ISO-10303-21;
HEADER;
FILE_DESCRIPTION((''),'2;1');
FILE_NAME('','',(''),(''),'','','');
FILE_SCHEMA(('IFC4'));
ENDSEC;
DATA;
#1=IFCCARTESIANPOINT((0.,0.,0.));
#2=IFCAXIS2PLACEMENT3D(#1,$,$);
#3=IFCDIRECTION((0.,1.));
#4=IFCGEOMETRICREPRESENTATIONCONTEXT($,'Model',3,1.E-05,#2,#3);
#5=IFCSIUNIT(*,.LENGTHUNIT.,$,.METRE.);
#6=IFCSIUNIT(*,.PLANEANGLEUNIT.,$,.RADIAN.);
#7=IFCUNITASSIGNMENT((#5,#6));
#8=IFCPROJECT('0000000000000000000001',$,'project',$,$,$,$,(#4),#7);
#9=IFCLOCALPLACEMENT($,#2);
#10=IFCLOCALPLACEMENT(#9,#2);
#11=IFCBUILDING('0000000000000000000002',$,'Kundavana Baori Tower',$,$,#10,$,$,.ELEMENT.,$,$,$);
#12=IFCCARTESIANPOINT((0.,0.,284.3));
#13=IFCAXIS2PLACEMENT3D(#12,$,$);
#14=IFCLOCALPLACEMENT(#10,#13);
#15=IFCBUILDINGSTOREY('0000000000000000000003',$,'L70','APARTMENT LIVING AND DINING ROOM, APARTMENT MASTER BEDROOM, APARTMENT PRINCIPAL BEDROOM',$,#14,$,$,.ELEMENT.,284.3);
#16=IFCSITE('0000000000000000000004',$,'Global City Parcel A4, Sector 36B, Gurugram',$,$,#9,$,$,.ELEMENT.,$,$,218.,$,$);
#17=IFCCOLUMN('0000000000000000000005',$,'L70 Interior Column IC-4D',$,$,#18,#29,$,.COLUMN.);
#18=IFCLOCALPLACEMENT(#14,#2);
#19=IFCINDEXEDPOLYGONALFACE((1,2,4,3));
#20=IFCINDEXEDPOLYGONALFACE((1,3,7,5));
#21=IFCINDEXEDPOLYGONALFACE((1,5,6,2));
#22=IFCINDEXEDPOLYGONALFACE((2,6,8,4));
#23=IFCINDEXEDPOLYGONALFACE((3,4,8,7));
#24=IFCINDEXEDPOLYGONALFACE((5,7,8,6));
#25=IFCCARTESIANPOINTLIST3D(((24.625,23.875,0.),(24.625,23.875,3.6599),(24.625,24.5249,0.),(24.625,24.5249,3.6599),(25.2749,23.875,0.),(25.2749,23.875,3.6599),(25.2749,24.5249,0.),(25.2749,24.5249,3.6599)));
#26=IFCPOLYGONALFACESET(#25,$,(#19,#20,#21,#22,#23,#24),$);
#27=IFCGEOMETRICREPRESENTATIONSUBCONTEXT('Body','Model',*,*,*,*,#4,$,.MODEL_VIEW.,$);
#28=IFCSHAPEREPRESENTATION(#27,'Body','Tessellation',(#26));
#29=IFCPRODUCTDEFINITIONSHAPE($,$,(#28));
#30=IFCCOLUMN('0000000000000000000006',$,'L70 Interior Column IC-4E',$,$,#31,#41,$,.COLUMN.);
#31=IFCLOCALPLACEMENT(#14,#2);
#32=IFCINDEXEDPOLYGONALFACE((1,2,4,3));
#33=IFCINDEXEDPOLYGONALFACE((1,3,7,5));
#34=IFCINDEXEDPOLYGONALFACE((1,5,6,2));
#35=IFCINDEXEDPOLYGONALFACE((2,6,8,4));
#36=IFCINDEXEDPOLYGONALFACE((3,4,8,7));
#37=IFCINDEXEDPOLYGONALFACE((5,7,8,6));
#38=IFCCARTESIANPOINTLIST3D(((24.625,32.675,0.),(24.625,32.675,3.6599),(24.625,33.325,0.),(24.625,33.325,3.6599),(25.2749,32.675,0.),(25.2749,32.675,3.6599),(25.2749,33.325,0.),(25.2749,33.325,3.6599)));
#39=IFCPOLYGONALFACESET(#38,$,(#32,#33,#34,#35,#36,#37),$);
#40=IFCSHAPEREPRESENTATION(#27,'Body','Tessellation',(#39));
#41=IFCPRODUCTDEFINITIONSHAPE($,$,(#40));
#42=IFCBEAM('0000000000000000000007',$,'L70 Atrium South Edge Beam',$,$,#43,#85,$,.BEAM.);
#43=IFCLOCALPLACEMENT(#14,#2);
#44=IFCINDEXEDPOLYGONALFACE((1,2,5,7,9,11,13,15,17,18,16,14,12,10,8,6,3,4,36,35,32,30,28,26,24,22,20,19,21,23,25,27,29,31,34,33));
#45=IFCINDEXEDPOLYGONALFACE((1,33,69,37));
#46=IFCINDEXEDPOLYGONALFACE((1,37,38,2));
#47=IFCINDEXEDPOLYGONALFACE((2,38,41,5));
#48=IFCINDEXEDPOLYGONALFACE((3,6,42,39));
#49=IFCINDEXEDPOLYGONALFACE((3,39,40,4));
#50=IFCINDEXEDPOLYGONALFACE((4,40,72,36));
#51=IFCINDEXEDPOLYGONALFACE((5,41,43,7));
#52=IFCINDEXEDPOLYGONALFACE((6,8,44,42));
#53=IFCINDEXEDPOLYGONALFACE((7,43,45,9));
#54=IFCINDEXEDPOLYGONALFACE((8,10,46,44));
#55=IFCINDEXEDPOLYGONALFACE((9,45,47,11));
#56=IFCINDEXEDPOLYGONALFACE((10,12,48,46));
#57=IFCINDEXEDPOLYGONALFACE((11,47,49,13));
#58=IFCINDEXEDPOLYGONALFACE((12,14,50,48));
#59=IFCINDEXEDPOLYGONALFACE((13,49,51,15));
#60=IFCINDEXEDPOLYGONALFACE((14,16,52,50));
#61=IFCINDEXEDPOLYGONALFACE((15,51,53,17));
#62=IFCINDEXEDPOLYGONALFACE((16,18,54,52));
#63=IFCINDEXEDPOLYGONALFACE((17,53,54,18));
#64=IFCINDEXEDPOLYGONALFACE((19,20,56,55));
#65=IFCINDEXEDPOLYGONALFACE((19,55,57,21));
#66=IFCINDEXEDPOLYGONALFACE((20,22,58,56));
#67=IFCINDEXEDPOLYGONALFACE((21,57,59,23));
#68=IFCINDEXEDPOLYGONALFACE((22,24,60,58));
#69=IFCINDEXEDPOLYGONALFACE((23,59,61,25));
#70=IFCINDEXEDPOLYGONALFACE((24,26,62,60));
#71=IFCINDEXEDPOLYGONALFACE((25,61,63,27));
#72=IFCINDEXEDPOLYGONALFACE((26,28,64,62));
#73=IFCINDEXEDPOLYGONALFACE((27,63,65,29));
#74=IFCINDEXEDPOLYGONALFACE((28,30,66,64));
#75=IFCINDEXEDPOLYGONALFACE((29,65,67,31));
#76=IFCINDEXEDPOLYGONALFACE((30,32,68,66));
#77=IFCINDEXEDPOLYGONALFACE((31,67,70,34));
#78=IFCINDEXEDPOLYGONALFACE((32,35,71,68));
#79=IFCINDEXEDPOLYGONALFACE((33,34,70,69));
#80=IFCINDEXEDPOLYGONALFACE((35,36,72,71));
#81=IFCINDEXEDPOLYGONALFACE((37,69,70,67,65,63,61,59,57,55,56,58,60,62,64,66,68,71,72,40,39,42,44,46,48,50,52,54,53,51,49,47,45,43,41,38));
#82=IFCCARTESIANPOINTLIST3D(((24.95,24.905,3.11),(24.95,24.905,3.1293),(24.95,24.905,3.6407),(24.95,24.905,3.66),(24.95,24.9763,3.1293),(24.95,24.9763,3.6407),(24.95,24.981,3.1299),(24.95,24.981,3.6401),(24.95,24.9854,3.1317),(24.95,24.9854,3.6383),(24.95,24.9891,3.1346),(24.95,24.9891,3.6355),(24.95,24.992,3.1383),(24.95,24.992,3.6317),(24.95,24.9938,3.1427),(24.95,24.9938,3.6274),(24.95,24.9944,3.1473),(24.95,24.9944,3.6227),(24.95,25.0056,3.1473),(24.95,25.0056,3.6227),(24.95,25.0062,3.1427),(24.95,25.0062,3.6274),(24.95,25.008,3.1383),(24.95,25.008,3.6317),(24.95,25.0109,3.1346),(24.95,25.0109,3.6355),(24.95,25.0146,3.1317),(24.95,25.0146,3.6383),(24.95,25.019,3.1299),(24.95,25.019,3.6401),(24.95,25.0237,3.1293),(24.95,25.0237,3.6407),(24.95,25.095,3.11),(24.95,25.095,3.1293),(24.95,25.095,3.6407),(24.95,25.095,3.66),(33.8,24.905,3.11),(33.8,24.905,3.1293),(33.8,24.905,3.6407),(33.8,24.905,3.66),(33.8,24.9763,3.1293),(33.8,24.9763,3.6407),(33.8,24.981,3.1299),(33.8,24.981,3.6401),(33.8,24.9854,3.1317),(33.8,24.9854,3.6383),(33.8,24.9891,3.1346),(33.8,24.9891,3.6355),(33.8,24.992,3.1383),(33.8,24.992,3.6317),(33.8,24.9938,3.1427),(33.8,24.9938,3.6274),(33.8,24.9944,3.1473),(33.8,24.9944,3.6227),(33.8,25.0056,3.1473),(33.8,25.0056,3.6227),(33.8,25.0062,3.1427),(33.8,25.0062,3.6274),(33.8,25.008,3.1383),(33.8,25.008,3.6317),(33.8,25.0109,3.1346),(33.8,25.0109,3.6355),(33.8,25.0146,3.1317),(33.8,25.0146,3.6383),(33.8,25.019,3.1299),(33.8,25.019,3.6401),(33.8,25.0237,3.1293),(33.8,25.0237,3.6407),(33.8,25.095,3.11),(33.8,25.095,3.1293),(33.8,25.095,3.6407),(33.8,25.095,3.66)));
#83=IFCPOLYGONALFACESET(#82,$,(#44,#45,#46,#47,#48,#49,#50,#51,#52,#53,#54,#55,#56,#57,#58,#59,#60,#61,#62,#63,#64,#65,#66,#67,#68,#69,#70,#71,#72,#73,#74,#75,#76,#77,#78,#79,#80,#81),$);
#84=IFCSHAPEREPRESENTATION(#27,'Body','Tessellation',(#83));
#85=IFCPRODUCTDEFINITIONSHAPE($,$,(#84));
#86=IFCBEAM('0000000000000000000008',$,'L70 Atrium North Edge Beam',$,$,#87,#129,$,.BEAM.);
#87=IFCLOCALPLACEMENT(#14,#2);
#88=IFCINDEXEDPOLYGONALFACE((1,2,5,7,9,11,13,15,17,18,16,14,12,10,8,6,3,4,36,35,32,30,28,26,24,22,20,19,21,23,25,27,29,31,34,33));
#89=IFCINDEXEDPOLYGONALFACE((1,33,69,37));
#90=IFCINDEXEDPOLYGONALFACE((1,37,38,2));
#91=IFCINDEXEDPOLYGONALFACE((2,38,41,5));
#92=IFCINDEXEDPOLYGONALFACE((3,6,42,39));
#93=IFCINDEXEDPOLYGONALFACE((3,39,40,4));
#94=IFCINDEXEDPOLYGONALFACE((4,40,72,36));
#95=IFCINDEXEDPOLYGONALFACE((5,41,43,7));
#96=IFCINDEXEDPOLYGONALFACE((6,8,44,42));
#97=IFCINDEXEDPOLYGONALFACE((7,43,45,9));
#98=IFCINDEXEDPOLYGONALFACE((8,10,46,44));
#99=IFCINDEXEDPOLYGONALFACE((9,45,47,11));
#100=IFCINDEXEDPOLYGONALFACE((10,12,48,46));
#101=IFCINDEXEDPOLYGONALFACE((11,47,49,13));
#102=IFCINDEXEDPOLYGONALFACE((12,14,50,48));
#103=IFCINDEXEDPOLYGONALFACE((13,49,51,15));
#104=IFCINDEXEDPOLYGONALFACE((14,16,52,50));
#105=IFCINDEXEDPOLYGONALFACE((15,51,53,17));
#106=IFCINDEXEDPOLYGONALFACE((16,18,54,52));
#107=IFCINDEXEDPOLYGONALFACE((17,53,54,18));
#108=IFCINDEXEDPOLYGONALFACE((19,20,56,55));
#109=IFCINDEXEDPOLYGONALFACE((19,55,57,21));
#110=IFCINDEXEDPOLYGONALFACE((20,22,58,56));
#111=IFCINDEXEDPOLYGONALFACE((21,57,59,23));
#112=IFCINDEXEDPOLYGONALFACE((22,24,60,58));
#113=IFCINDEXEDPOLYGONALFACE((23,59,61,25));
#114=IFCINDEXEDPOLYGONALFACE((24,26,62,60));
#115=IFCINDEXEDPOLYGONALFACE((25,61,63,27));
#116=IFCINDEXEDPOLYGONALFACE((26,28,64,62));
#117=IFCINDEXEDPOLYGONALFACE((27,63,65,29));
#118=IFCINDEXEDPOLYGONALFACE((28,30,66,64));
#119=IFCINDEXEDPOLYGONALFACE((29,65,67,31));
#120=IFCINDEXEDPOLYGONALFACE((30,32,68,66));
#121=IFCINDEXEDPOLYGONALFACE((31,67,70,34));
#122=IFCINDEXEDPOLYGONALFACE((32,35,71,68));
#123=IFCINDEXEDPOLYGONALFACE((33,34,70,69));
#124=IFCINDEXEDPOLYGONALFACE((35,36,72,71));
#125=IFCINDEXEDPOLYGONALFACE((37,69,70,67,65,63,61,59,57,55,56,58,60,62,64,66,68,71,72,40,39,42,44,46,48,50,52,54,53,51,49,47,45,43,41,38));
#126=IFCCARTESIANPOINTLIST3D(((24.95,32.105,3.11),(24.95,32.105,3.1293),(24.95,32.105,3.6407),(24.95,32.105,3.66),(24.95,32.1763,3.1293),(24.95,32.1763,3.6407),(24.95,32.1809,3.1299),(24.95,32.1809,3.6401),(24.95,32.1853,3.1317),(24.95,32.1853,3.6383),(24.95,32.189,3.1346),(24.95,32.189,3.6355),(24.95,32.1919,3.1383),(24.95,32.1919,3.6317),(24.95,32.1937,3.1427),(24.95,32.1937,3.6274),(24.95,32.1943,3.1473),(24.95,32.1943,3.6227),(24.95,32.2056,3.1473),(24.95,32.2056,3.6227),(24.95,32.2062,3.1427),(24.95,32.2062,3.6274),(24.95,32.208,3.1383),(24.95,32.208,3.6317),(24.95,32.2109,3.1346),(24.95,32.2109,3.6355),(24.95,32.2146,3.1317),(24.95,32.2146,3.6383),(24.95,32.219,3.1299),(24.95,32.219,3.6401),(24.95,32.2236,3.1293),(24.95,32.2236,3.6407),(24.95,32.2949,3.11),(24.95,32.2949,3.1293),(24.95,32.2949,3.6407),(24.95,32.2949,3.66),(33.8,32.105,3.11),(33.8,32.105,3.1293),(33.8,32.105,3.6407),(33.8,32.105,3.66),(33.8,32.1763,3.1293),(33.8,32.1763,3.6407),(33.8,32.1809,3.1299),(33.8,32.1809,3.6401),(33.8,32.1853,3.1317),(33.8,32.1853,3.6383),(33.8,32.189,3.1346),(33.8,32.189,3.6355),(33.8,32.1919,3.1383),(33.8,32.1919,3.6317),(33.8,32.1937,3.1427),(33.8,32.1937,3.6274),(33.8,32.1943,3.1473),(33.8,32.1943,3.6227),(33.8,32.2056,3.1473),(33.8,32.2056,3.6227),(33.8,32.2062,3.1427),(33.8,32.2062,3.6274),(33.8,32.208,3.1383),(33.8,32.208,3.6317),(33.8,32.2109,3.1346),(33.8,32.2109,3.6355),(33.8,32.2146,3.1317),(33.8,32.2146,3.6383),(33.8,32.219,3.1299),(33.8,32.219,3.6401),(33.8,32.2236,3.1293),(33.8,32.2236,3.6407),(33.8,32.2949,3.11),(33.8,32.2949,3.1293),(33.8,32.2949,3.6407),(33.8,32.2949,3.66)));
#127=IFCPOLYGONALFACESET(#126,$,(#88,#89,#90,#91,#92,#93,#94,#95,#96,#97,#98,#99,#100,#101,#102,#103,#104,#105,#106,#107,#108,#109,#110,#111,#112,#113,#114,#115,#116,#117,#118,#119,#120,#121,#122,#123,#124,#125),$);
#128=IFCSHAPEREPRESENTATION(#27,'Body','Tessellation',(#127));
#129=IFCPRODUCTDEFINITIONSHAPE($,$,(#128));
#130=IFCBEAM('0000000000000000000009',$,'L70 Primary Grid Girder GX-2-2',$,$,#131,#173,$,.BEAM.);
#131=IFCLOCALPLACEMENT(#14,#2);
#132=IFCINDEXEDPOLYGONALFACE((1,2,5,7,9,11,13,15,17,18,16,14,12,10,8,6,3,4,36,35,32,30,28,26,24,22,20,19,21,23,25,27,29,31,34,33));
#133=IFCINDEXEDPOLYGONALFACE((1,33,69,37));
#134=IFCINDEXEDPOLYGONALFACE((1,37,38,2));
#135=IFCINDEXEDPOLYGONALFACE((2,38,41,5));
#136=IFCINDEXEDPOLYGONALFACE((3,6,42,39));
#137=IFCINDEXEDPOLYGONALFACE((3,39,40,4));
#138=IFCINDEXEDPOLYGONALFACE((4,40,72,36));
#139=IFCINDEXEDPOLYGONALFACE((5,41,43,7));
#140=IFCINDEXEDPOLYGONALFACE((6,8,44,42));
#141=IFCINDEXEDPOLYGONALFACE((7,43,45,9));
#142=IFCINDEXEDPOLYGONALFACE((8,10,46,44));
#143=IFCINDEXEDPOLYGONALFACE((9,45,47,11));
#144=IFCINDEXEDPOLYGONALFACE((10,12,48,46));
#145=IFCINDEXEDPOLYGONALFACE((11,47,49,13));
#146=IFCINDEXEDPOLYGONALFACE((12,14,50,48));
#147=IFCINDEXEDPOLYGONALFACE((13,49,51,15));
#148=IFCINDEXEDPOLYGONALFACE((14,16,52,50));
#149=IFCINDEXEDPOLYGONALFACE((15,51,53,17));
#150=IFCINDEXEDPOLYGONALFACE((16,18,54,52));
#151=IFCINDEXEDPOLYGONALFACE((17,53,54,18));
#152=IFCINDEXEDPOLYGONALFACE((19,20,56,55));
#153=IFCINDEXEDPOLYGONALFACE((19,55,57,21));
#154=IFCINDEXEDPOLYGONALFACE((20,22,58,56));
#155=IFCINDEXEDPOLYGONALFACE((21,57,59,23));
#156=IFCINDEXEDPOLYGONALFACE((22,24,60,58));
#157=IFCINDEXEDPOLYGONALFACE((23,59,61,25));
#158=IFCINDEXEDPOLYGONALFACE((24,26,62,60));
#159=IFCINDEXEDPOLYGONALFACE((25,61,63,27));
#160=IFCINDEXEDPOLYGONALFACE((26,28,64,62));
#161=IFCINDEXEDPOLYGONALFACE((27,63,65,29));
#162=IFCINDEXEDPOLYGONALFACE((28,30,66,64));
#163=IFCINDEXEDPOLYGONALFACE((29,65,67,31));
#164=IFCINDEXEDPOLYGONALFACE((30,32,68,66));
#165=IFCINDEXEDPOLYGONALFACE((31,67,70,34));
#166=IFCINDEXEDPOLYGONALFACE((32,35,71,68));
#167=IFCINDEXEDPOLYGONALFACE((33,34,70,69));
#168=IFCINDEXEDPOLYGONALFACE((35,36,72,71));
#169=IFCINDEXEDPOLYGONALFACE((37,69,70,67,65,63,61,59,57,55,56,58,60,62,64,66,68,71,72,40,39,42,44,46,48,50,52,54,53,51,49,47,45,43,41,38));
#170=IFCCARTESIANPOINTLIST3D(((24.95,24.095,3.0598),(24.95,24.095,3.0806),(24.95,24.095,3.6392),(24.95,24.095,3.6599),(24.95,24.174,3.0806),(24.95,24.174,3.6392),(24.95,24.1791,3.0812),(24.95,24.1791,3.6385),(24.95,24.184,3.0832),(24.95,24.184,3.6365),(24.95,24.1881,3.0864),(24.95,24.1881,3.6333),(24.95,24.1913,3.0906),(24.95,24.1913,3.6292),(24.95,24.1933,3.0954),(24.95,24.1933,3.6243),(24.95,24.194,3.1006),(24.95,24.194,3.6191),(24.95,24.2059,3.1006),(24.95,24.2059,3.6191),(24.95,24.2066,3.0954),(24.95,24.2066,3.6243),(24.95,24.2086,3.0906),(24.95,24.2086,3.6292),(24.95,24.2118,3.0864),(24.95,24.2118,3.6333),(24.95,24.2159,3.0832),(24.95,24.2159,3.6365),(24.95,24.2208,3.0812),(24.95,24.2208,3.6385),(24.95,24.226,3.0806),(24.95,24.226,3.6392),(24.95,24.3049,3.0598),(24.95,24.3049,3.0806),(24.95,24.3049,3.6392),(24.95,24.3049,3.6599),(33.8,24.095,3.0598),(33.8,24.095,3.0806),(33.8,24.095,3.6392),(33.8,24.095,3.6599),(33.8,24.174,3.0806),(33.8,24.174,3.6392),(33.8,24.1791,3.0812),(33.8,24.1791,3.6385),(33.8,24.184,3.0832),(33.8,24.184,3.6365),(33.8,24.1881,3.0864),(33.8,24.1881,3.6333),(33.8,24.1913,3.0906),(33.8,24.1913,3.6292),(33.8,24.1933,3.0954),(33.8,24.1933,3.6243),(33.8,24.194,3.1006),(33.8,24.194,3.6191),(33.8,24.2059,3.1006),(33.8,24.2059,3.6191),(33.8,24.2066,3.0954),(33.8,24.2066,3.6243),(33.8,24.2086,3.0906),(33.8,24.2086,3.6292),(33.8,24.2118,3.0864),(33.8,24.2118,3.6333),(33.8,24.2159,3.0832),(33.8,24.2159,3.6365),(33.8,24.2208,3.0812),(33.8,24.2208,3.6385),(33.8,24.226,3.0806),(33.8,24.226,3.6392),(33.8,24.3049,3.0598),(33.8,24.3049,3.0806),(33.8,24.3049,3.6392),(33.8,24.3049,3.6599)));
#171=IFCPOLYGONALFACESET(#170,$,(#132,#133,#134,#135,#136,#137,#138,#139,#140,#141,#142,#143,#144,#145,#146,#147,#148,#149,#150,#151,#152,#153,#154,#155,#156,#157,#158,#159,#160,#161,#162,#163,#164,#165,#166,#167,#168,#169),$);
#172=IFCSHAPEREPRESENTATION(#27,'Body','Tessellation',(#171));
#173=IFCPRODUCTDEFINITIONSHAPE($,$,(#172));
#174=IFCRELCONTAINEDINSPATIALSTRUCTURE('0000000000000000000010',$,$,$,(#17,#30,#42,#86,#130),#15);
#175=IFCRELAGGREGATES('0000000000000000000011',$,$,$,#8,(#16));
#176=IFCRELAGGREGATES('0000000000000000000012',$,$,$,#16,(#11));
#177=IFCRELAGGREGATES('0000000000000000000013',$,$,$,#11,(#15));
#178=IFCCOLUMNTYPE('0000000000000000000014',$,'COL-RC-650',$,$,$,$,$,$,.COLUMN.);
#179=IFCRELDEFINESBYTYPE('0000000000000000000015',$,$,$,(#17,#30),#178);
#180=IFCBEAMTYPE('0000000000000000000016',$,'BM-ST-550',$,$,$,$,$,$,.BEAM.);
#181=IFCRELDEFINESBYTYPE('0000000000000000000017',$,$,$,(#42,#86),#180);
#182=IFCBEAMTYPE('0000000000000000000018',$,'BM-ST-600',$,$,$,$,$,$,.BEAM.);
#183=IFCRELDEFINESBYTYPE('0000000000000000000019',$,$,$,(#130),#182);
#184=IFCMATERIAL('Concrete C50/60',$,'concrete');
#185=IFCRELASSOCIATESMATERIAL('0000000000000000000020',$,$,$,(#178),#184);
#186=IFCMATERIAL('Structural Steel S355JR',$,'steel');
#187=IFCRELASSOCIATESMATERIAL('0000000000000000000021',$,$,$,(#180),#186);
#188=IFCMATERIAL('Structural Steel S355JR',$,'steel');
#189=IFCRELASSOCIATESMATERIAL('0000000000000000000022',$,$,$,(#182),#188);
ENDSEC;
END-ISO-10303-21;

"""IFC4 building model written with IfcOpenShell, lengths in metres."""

from ifc_helpers import new_model, si_unit, direction, frame, origin, origin_2d, place, context, subcontext, project, spatial, rectangle, i_section, extrude, material, material_profile, profile_set, type_object, element, save


model = new_model("IFC4")

# Units and contexts
model_context = context("Model", 3, precision=1e-05, world=origin(), true_north=direction((0.0, 1.0)))
body_context = subcontext(model_context, "Body", "Model", "MODEL_VIEW")
ifc_project = project(units=[si_unit("LENGTHUNIT", "METRE"), si_unit("PLANEANGLEUNIT", "RADIAN")], contexts=[model_context])

# Site, building, storey
site_placement = place(None, origin())
site = spatial("IfcSite", under=ifc_project, at=site_placement, Name="Global City Parcel A4, Sector 36B, Gurugram", CompositionType="ELEMENT", RefElevation=218.0)
building_placement = place(site_placement, origin())
building = spatial("IfcBuilding", under=site, at=building_placement, Name="Kundavana Baori Tower", CompositionType="ELEMENT")
storey_placement = place(building_placement, frame((0.0, 0.0, 284.3)))
storey = spatial("IfcBuildingStorey", under=building, at=storey_placement, Name="L70", Description="APARTMENT LIVING AND DINING ROOM, APARTMENT MASTER BEDROOM, APARTMENT PRINCIPAL BEDROOM", CompositionType="ELEMENT", Elevation=284.3)

# Columns
ifc_material_1 = material(Name="Concrete C50/60", Category="concrete")
ifc_material_profile_1 = material_profile(ifc_material_1, rectangle(XDim=0.6499, YDim=0.6499, at=origin_2d()), Name="RC 650x650")
ifc_profile_set_1 = profile_set([ifc_material_profile_1], Name="Concrete C50/60")
column_type = type_object("IfcColumnType", Name="COL-RC-650", PredefinedType="COLUMN", material=ifc_profile_set_1)
for number, where, z_axis, x_axis, name in (
    (1, (24.95, 24.2, 0.0), (0.0, 0.0, 1.0), (1.0, 0.0, 0.0), "L70 Interior Column IC-4D"),
    (2, (24.95, 33.0, 0.0), (0.0, 0.0, 1.0), (1.0, 0.0, 0.0), "L70 Interior Column IC-4E"),
):
    element("IfcColumn", number, at=place(storey_placement, frame(where, z_axis=z_axis, x_axis=x_axis)), inside=storey, type_object=column_type, Name=name, PredefinedType="COLUMN", context=body_context, shape_type="SweptSolid", body=[
        extrude(rectangle(XDim=0.6499, YDim=0.6499, at=origin_2d()), origin(), (0.0, 0.0, 1.0), 3.6599),
    ])

# Beams
ifc_material_2 = material(Name="Structural Steel S355JR", Category="steel")
ifc_material_profile_2 = material_profile(ifc_material_2, i_section(OverallWidth=0.1899, OverallDepth=0.55, WebThickness=0.0112, FlangeThickness=0.0193, FilletRadius=0.0181, at=origin_2d()), Name="ISMB 550")
ifc_profile_set_2 = profile_set([ifc_material_profile_2], Name="Structural Steel S355JR")
beam_type_1 = type_object("IfcBeamType", Name="BM-ST-550", PredefinedType="BEAM", material=ifc_profile_set_2)
for number, where, z_axis, x_axis, name in (
    (3, (24.95, 25.0, 3.385), (1.0, 0.0, 0.0), (0.0, 1.0, 0.0), "L70 Atrium South Edge Beam"),
    (4, (24.95, 32.2, 3.385), (1.0, 0.0, 0.0), (0.0, 1.0, 0.0), "L70 Atrium North Edge Beam"),
):
    element("IfcBeam", number, at=place(storey_placement, frame(where, z_axis=z_axis, x_axis=x_axis)), inside=storey, type_object=beam_type_1, Name=name, PredefinedType="BEAM", context=body_context, shape_type="SweptSolid", body=[
        extrude(i_section(OverallWidth=0.1899, OverallDepth=0.55, WebThickness=0.0112, FlangeThickness=0.0193, FilletRadius=0.0181, at=origin_2d()), origin(), (0.0, 0.0, 1.0), 8.8501),
    ])
ifc_material_3 = material(Name="Structural Steel S355JR", Category="steel")
ifc_material_profile_3 = material_profile(ifc_material_3, i_section(OverallWidth=0.21, OverallDepth=0.6001, WebThickness=0.012, FlangeThickness=0.0208, FilletRadius=0.02, at=origin_2d()), Name="ISMB 600")
ifc_profile_set_3 = profile_set([ifc_material_profile_3], Name="Structural Steel S355JR")
beam_type_2 = type_object("IfcBeamType", Name="BM-ST-600", PredefinedType="BEAM", material=ifc_profile_set_3)
for number, where, z_axis, x_axis, name in (
    (5, (24.95, 24.2, 3.3599), (1.0, 0.0, 0.0), (0.0, 1.0, 0.0), "L70 Primary Grid Girder GX-2-2"),
):
    element("IfcBeam", number, at=place(storey_placement, frame(where, z_axis=z_axis, x_axis=x_axis)), inside=storey, type_object=beam_type_2, Name=name, PredefinedType="BEAM", context=body_context, shape_type="SweptSolid", body=[
        extrude(i_section(OverallWidth=0.21, OverallDepth=0.6001, WebThickness=0.012, FlangeThickness=0.0208, FilletRadius=0.02, at=origin_2d()), origin(), (0.0, 0.0, 1.0), 8.8501),
    ])

save(model, "model.ifc")
